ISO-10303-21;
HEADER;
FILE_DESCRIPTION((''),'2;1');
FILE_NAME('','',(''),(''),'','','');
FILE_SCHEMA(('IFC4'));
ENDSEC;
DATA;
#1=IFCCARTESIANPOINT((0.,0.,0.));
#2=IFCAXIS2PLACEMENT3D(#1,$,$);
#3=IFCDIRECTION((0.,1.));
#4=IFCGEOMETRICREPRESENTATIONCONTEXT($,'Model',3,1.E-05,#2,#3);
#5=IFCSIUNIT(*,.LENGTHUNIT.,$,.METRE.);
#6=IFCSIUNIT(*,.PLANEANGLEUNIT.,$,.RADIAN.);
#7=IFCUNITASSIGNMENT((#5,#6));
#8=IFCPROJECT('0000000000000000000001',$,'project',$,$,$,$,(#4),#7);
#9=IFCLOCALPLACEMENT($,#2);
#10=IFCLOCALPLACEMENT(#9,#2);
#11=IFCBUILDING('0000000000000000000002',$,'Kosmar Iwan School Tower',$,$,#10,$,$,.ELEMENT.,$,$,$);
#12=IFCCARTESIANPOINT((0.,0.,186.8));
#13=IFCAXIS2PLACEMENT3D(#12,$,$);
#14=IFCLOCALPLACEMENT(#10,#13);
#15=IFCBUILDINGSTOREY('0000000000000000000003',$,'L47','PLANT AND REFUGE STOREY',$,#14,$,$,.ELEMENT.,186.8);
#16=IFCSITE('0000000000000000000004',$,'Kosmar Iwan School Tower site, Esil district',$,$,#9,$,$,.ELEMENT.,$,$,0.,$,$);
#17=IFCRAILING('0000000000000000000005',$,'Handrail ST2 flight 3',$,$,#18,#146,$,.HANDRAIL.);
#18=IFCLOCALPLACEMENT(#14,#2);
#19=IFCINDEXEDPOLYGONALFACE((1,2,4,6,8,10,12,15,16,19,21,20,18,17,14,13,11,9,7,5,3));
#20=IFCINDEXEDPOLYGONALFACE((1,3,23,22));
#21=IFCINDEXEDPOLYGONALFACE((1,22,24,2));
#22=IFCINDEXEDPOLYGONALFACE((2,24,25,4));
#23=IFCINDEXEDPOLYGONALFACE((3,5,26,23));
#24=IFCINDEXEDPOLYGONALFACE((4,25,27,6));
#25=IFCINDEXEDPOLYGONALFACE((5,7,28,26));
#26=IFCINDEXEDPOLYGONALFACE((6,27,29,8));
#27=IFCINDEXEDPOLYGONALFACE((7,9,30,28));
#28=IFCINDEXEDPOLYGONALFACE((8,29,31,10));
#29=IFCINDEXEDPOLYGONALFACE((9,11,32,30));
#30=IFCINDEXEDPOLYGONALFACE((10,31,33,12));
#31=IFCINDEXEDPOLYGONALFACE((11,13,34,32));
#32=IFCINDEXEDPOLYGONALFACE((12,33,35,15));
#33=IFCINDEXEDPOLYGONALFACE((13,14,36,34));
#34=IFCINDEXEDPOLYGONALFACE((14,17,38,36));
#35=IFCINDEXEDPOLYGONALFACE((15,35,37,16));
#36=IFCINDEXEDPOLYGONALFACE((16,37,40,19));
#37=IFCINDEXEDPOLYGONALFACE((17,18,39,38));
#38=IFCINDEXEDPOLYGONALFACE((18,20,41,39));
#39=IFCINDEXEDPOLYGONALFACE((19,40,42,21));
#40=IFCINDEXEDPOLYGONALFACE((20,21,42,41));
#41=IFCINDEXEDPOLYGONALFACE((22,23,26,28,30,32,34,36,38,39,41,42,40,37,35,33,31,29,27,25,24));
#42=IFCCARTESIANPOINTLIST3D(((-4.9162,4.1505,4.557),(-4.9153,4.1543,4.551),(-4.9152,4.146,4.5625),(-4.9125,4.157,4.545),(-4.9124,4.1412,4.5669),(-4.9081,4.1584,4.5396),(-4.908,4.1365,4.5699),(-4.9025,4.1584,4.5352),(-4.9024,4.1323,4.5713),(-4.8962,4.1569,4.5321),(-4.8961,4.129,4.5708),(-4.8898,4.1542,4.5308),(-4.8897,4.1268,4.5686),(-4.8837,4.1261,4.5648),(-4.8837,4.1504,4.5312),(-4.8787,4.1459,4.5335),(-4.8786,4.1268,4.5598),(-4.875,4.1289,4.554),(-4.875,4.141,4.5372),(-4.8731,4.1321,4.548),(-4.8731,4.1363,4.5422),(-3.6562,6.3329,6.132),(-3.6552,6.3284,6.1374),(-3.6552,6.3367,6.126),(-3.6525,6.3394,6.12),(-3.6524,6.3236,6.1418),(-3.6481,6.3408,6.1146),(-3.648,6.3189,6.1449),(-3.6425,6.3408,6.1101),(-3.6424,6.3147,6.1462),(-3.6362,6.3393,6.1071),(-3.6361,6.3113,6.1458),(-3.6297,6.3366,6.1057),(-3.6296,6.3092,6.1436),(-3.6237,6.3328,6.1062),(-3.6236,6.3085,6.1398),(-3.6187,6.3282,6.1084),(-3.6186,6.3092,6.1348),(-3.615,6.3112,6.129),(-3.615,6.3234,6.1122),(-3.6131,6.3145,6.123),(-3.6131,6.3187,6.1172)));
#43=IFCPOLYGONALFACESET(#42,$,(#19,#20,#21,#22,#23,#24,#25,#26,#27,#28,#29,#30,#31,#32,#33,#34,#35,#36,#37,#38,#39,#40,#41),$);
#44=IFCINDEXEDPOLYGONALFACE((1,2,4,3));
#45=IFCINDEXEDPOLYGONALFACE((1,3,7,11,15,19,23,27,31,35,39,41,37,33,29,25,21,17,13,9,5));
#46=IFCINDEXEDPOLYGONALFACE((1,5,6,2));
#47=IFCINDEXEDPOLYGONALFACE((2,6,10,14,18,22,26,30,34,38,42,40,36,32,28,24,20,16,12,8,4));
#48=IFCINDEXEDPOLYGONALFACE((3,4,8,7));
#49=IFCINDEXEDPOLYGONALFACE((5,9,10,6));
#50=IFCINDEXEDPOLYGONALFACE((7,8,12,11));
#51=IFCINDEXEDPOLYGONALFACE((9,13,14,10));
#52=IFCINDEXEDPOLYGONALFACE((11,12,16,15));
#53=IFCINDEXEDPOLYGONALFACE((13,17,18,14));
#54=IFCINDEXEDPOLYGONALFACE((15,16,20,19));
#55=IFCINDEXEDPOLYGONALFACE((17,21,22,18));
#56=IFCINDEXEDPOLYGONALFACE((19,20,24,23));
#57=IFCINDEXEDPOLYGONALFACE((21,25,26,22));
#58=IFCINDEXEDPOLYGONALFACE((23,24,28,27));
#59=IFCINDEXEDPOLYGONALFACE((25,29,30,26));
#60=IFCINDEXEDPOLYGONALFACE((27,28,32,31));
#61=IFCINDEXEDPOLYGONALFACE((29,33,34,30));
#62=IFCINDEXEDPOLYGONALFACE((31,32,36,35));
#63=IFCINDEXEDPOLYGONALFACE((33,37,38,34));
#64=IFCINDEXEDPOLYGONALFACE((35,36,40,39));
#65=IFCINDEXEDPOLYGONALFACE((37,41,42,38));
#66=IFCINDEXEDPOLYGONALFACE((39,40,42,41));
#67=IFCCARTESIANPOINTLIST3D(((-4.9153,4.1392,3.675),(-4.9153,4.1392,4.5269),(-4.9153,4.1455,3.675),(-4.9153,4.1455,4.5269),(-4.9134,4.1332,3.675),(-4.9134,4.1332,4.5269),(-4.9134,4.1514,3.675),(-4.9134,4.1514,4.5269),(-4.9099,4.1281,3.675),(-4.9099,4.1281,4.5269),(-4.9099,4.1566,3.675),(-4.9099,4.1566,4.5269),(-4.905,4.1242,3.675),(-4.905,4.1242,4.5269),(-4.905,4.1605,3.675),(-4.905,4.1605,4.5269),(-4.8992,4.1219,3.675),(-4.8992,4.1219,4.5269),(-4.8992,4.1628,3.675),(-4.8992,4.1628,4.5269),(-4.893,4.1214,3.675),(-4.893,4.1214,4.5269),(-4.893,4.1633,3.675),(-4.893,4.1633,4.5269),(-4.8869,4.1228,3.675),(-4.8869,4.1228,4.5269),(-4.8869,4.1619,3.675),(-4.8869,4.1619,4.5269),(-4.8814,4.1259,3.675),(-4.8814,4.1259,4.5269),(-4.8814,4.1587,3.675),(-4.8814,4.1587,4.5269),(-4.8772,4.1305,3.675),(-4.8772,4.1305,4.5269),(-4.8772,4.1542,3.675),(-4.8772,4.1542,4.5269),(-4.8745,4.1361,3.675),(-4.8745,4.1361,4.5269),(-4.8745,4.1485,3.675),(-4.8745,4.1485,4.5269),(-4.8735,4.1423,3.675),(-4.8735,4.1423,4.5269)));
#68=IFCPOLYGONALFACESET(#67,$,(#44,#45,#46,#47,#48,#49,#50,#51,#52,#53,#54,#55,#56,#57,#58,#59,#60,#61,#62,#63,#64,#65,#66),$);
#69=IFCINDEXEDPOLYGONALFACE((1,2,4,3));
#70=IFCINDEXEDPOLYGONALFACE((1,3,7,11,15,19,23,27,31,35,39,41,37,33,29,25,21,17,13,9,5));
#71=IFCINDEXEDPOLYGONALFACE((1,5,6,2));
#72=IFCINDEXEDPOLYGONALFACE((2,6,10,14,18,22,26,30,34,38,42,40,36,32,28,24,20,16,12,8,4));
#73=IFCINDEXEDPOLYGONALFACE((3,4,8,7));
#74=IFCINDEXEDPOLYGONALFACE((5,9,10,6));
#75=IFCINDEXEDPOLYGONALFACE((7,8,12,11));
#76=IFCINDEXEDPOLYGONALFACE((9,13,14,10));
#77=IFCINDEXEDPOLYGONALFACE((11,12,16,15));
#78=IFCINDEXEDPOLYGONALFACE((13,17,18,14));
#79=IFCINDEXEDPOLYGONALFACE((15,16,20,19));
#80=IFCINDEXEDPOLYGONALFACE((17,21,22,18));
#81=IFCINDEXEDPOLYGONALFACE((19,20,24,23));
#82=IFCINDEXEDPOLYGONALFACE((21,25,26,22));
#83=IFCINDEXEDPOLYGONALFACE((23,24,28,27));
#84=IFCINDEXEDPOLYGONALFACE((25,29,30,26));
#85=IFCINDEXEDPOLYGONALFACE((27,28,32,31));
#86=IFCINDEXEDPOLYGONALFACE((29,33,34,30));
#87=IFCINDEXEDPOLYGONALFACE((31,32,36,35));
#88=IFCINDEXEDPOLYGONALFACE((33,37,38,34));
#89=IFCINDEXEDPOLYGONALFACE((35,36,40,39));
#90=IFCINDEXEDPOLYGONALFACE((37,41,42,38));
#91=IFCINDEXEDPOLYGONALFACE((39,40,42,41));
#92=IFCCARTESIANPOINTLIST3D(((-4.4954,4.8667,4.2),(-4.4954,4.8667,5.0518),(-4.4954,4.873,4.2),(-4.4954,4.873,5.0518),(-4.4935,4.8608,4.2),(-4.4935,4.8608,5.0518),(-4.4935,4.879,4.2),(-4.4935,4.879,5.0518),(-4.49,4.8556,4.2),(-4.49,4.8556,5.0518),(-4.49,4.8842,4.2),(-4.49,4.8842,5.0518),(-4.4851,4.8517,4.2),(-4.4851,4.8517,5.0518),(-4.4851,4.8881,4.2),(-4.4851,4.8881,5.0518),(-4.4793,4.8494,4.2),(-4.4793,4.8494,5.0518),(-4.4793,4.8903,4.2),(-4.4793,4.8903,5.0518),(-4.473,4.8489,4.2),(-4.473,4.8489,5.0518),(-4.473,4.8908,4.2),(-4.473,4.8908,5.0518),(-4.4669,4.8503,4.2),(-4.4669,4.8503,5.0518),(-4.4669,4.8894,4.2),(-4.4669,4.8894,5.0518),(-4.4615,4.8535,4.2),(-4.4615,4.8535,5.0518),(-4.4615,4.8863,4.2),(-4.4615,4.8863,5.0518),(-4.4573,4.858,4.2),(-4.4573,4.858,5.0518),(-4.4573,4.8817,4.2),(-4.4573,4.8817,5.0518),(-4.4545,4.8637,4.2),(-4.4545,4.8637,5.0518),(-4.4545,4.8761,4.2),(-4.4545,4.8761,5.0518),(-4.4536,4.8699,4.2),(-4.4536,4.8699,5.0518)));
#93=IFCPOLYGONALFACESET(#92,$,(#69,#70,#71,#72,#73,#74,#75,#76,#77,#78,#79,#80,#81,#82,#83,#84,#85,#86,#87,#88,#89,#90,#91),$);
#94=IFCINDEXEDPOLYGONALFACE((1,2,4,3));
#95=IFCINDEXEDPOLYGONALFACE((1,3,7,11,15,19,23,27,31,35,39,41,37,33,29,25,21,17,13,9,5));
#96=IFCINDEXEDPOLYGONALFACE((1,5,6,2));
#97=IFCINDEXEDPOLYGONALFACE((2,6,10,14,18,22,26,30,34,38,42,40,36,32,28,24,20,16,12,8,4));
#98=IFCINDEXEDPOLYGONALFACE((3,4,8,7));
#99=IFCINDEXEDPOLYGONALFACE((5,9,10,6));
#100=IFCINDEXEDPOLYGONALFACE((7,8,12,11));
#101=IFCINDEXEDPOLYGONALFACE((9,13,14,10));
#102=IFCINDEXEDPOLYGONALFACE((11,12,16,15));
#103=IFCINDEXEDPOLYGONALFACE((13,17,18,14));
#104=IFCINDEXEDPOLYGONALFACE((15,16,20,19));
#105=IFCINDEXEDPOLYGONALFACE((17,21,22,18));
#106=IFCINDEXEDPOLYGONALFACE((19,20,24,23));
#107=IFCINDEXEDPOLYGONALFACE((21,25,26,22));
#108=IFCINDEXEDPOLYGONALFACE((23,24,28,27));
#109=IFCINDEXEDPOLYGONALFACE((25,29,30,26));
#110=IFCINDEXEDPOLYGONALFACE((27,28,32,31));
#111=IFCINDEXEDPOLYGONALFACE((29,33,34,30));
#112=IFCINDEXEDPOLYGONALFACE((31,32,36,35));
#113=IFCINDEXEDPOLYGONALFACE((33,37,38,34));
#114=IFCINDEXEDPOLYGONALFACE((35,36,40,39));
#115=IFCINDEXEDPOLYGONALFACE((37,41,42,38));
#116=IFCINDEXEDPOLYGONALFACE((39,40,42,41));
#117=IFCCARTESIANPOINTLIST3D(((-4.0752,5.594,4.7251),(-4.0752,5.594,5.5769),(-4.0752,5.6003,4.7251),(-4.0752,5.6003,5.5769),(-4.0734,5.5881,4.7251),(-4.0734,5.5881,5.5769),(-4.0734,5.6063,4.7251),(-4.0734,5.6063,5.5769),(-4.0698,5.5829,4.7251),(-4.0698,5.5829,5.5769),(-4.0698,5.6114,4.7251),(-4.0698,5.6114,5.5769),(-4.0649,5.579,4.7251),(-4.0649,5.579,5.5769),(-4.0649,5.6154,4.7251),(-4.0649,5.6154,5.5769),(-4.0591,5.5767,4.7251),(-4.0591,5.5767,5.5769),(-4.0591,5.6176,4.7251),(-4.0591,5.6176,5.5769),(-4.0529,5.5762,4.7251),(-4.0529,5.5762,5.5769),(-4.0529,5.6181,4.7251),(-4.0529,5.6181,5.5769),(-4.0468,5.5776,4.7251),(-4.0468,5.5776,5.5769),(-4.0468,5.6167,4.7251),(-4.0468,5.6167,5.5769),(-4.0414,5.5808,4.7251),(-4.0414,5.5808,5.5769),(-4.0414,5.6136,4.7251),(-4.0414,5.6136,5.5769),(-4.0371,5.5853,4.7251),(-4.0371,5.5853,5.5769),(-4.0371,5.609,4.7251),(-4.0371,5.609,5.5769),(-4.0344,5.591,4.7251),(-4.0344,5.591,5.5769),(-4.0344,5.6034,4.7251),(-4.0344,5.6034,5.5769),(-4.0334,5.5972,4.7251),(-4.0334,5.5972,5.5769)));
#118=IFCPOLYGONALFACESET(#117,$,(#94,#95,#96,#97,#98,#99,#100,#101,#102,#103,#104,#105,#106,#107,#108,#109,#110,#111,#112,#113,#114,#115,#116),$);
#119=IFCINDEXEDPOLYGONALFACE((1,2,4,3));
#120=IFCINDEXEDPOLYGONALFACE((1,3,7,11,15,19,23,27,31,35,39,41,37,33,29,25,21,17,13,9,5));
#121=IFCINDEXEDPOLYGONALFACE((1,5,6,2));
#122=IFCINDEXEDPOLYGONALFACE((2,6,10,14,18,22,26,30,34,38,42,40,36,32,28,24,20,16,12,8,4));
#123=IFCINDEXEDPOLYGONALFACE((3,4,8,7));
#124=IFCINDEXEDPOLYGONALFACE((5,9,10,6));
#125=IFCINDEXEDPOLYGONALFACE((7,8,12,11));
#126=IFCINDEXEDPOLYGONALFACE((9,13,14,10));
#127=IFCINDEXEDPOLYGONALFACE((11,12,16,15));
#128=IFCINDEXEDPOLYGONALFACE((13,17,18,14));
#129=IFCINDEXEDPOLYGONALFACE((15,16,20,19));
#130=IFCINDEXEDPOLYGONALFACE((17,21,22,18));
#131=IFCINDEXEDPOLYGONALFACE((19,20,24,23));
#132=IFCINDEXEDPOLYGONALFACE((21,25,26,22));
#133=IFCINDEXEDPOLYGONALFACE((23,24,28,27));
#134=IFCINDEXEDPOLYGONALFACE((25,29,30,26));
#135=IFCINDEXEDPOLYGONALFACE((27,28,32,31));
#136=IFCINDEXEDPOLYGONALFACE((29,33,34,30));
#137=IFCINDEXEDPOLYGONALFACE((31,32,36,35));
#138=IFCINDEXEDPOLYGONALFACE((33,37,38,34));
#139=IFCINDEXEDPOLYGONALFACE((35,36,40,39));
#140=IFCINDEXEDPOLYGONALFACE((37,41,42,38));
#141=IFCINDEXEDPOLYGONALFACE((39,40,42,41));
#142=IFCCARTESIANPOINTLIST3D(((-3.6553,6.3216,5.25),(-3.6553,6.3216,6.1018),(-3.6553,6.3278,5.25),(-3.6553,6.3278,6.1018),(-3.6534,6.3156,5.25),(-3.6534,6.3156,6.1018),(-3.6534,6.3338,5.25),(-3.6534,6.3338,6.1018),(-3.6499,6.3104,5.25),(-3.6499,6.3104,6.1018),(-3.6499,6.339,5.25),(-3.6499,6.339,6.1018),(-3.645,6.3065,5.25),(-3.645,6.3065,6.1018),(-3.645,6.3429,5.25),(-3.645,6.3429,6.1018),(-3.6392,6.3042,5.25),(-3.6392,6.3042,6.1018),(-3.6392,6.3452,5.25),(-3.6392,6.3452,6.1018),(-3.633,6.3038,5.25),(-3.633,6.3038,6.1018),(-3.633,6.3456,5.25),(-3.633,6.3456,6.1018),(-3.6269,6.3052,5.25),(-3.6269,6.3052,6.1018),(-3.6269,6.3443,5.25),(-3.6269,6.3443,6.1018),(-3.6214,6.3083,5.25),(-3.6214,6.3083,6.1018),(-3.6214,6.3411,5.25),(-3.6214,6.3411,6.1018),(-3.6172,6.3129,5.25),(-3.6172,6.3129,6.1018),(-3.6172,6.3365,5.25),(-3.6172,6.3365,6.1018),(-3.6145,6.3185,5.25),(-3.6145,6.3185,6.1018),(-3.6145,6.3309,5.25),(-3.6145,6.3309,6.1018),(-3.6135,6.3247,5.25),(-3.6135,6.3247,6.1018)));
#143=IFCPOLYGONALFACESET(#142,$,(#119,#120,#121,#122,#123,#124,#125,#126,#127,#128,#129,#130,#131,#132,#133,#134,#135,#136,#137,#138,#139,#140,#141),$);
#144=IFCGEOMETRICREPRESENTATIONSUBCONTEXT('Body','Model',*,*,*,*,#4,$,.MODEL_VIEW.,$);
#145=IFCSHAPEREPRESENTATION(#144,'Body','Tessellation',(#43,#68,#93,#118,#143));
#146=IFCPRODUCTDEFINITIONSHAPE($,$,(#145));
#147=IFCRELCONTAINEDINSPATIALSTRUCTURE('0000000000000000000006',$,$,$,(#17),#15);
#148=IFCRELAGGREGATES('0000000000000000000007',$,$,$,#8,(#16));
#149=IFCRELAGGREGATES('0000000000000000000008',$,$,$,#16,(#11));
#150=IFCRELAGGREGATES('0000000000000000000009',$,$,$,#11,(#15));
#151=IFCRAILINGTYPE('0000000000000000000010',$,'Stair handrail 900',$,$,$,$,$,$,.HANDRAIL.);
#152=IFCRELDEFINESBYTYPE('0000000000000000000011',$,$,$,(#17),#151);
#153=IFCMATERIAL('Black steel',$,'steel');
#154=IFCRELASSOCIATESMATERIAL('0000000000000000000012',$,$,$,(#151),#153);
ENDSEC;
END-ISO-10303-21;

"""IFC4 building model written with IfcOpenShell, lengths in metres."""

from ifc_helpers import new_model, si_unit, direction, frame, origin, origin_2d, place, context, subcontext, project, spatial, circle, extrude, material, type_object, element, save


model = new_model("IFC4")

# Units and contexts
model_context = context("Model", 3, precision=1e-05, world=origin(), true_north=direction((0.0, 1.0)))
body_context = subcontext(model_context, "Body", "Model", "MODEL_VIEW")
ifc_project = project(units=[si_unit("LENGTHUNIT", "METRE"), si_unit("PLANEANGLEUNIT", "RADIAN")], contexts=[model_context])

# Site, building, storey
site_placement = place(None, origin())
site = spatial("IfcSite", under=ifc_project, at=site_placement, Name="Kosmar Iwan School Tower site, Esil district", CompositionType="ELEMENT", RefElevation=0.0)
building_placement = place(site_placement, origin())
building = spatial("IfcBuilding", under=site, at=building_placement, Name="Kosmar Iwan School Tower", CompositionType="ELEMENT")
storey_placement = place(building_placement, frame((0.0, 0.0, 186.8)))
storey = spatial("IfcBuildingStorey", under=building, at=storey_placement, Name="L47", Description="PLANT AND REFUGE STOREY", CompositionType="ELEMENT", Elevation=186.8)

# Railing
ifc_material_1 = material(Name="Black steel", Category="steel")
railing_type = type_object("IfcRailingType", Name="Stair handrail 900", PredefinedType="HANDRAIL", material=ifc_material_1)
for number, where, name in (
    (1, (-4.8945, 4.1423, 3.675), "Handrail ST2 flight 3"),
):
    element("IfcRailing", number, at=place(storey_placement, frame(where)), inside=storey, type_object=railing_type, Name=name, PredefinedType="HANDRAIL", context=body_context, shape_type="SweptSolid", body=[
        extrude(circle(Radius=0.0239, at=origin_2d()), frame((0.0, 0.0, 0.876), z_axis=(0.424007, 0.734392, 0.529988), x_axis=(-0.866023, 0.500005, 0.0)), (0.0, 0.0, 1.0), 2.9717),
        extrude(circle(Radius=0.021, at=origin_2d()), origin(), (0.0, 0.0, 1.0), 0.8518),
        extrude(circle(Radius=0.021, at=origin_2d()), frame((0.4199, 0.7275, 0.5249)), (0.0, 0.0, 1.0), 0.8518),
        extrude(circle(Radius=0.021, at=origin_2d()), frame((0.8401, 1.4548, 1.05)), (0.0, 0.0, 1.0), 0.8518),
        extrude(circle(Radius=0.021, at=origin_2d()), frame((1.26, 2.1824, 1.575)), (0.0, 0.0, 1.0), 0.8518),
    ])

save(model, "model.ifc")
